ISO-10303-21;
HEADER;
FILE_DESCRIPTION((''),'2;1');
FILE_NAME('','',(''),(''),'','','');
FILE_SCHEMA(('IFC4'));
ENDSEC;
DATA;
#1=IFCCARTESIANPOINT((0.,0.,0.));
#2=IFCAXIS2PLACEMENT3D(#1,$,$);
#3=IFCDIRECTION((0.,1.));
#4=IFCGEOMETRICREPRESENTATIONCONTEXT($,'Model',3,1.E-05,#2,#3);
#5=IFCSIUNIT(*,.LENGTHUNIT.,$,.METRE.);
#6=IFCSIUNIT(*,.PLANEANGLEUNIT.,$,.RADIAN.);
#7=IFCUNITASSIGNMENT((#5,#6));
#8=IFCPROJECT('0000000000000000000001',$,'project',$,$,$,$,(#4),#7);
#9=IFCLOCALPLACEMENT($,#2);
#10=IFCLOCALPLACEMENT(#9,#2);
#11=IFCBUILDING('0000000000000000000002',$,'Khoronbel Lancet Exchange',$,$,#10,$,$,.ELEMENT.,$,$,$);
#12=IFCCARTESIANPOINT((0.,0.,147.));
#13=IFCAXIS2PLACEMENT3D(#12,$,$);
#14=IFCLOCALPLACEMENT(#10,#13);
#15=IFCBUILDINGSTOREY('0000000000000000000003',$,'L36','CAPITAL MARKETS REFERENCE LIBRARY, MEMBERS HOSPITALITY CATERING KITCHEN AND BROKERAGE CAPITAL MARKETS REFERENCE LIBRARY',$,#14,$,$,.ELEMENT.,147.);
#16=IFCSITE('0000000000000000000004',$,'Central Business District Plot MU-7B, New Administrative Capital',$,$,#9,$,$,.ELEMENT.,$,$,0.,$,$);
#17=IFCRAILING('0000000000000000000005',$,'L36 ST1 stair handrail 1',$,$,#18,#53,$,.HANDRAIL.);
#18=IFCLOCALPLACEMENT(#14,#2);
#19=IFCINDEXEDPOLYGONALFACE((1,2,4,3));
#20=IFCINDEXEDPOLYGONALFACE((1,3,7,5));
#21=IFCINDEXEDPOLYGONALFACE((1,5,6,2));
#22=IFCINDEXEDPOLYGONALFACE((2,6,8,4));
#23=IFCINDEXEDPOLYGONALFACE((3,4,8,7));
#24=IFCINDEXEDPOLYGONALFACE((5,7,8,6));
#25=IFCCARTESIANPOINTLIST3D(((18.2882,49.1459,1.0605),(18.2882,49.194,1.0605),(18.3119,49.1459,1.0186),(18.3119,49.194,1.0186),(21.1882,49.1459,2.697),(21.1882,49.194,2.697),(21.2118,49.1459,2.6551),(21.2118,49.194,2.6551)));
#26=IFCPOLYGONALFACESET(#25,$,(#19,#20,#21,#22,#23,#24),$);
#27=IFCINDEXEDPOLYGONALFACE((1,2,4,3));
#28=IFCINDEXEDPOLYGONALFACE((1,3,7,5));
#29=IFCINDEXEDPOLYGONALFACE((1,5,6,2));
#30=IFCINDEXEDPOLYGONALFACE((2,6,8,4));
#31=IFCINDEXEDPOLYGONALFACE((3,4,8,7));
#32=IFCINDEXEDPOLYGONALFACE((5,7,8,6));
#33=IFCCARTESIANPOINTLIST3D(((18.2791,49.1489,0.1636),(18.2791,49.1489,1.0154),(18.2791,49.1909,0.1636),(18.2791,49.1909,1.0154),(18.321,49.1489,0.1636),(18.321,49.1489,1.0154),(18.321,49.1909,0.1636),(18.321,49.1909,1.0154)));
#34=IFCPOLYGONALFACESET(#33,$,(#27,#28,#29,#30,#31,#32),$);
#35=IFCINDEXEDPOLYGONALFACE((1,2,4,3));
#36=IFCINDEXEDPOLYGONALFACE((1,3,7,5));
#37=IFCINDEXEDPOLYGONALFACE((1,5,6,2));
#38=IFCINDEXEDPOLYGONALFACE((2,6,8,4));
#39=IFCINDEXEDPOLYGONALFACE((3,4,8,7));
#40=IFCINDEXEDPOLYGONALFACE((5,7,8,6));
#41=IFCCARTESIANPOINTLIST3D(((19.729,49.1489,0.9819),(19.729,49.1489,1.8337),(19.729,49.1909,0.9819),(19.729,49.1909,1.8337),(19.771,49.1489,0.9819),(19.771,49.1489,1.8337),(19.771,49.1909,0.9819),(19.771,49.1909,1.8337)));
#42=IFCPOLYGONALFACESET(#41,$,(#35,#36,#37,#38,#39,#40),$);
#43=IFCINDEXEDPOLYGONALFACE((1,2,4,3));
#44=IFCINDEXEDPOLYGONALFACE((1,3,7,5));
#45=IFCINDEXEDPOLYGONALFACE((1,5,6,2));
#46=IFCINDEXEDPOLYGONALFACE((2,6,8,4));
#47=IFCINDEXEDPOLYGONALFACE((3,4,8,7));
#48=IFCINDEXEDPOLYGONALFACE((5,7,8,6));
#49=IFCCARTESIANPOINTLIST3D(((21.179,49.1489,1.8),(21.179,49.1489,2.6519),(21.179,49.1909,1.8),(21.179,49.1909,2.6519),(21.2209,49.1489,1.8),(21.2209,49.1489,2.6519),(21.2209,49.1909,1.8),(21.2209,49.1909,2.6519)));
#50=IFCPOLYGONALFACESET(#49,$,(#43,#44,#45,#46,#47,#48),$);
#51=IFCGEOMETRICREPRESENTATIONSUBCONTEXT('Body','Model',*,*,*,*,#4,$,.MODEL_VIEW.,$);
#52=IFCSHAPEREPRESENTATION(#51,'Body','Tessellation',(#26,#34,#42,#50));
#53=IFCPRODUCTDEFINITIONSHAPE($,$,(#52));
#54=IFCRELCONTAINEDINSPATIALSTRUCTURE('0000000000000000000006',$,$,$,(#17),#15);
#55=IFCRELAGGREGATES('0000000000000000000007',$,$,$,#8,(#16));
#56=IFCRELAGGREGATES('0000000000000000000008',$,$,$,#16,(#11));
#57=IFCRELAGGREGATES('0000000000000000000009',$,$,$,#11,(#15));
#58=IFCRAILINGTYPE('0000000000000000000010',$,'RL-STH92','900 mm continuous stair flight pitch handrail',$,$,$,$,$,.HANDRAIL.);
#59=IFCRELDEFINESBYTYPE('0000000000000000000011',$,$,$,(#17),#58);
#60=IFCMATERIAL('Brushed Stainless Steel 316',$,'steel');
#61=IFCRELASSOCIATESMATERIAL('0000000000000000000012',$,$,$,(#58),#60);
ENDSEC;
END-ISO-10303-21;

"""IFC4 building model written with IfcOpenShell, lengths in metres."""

from ifc_helpers import new_model, si_unit, direction, frame, origin, origin_2d, place, context, subcontext, project, spatial, rectangle, extrude, material, type_object, element, save


model = new_model("IFC4")

# Units and contexts
model_context = context("Model", 3, precision=1e-05, world=origin(), true_north=direction((0.0, 1.0)))
body_context = subcontext(model_context, "Body", "Model", "MODEL_VIEW")
ifc_project = project(units=[si_unit("LENGTHUNIT", "METRE"), si_unit("PLANEANGLEUNIT", "RADIAN")], contexts=[model_context])

# Site, building, storey
site_placement = place(None, origin())
site = spatial("IfcSite", under=ifc_project, at=site_placement, Name="Central Business District Plot MU-7B, New Administrative Capital", CompositionType="ELEMENT", RefElevation=0.0)
building_placement = place(site_placement, origin())
building = spatial("IfcBuilding", under=site, at=building_placement, Name="Khoronbel Lancet Exchange", CompositionType="ELEMENT")
storey_placement = place(building_placement, frame((0.0, 0.0, 147.0)))
storey = spatial("IfcBuildingStorey", under=building, at=storey_placement, Name="L36", Description="CAPITAL MARKETS REFERENCE LIBRARY, MEMBERS HOSPITALITY CATERING KITCHEN AND BROKERAGE CAPITAL MARKETS REFERENCE LIBRARY", CompositionType="ELEMENT", Elevation=147.0)

# Railing
ifc_material_1 = material(Name="Brushed Stainless Steel 316", Category="steel")
railing_type_1 = type_object("IfcRailingType", Name="RL-STH92", Description="900 mm continuous stair flight pitch handrail", PredefinedType="HANDRAIL", material=ifc_material_1)
railing_1_placement = place(storey_placement, frame((18.3, 49.1699, 0.1636)))
element("IfcRailing", 1, at=railing_1_placement, inside=storey, type_object=railing_type_1, Name="L36 ST1 stair handrail 1", PredefinedType="HANDRAIL", context=body_context, shape_type="SweptSolid", body=[
    extrude(rectangle(XDim=0.0481, YDim=0.0481, at=origin_2d()), frame((0.0, 0.0, 0.876), z_axis=(0.870897, 0.0, 0.491465), x_axis=(0.0, 1.0, 0.0)), (0.0, 0.0, 1.0), 3.3298),
    extrude(rectangle(XDim=0.042, YDim=0.042, at=origin_2d()), origin(), (0.0, 0.0, 1.0), 0.8518),
    extrude(rectangle(XDim=0.042, YDim=0.042, at=origin_2d()), frame((1.45, 0.0, 0.8184)), (0.0, 0.0, 1.0), 0.8518),
    extrude(rectangle(XDim=0.042, YDim=0.042, at=origin_2d()), frame((2.8999, 0.0, 1.6365)), (0.0, 0.0, 1.0), 0.8518),
])

save(model, "model.ifc")
